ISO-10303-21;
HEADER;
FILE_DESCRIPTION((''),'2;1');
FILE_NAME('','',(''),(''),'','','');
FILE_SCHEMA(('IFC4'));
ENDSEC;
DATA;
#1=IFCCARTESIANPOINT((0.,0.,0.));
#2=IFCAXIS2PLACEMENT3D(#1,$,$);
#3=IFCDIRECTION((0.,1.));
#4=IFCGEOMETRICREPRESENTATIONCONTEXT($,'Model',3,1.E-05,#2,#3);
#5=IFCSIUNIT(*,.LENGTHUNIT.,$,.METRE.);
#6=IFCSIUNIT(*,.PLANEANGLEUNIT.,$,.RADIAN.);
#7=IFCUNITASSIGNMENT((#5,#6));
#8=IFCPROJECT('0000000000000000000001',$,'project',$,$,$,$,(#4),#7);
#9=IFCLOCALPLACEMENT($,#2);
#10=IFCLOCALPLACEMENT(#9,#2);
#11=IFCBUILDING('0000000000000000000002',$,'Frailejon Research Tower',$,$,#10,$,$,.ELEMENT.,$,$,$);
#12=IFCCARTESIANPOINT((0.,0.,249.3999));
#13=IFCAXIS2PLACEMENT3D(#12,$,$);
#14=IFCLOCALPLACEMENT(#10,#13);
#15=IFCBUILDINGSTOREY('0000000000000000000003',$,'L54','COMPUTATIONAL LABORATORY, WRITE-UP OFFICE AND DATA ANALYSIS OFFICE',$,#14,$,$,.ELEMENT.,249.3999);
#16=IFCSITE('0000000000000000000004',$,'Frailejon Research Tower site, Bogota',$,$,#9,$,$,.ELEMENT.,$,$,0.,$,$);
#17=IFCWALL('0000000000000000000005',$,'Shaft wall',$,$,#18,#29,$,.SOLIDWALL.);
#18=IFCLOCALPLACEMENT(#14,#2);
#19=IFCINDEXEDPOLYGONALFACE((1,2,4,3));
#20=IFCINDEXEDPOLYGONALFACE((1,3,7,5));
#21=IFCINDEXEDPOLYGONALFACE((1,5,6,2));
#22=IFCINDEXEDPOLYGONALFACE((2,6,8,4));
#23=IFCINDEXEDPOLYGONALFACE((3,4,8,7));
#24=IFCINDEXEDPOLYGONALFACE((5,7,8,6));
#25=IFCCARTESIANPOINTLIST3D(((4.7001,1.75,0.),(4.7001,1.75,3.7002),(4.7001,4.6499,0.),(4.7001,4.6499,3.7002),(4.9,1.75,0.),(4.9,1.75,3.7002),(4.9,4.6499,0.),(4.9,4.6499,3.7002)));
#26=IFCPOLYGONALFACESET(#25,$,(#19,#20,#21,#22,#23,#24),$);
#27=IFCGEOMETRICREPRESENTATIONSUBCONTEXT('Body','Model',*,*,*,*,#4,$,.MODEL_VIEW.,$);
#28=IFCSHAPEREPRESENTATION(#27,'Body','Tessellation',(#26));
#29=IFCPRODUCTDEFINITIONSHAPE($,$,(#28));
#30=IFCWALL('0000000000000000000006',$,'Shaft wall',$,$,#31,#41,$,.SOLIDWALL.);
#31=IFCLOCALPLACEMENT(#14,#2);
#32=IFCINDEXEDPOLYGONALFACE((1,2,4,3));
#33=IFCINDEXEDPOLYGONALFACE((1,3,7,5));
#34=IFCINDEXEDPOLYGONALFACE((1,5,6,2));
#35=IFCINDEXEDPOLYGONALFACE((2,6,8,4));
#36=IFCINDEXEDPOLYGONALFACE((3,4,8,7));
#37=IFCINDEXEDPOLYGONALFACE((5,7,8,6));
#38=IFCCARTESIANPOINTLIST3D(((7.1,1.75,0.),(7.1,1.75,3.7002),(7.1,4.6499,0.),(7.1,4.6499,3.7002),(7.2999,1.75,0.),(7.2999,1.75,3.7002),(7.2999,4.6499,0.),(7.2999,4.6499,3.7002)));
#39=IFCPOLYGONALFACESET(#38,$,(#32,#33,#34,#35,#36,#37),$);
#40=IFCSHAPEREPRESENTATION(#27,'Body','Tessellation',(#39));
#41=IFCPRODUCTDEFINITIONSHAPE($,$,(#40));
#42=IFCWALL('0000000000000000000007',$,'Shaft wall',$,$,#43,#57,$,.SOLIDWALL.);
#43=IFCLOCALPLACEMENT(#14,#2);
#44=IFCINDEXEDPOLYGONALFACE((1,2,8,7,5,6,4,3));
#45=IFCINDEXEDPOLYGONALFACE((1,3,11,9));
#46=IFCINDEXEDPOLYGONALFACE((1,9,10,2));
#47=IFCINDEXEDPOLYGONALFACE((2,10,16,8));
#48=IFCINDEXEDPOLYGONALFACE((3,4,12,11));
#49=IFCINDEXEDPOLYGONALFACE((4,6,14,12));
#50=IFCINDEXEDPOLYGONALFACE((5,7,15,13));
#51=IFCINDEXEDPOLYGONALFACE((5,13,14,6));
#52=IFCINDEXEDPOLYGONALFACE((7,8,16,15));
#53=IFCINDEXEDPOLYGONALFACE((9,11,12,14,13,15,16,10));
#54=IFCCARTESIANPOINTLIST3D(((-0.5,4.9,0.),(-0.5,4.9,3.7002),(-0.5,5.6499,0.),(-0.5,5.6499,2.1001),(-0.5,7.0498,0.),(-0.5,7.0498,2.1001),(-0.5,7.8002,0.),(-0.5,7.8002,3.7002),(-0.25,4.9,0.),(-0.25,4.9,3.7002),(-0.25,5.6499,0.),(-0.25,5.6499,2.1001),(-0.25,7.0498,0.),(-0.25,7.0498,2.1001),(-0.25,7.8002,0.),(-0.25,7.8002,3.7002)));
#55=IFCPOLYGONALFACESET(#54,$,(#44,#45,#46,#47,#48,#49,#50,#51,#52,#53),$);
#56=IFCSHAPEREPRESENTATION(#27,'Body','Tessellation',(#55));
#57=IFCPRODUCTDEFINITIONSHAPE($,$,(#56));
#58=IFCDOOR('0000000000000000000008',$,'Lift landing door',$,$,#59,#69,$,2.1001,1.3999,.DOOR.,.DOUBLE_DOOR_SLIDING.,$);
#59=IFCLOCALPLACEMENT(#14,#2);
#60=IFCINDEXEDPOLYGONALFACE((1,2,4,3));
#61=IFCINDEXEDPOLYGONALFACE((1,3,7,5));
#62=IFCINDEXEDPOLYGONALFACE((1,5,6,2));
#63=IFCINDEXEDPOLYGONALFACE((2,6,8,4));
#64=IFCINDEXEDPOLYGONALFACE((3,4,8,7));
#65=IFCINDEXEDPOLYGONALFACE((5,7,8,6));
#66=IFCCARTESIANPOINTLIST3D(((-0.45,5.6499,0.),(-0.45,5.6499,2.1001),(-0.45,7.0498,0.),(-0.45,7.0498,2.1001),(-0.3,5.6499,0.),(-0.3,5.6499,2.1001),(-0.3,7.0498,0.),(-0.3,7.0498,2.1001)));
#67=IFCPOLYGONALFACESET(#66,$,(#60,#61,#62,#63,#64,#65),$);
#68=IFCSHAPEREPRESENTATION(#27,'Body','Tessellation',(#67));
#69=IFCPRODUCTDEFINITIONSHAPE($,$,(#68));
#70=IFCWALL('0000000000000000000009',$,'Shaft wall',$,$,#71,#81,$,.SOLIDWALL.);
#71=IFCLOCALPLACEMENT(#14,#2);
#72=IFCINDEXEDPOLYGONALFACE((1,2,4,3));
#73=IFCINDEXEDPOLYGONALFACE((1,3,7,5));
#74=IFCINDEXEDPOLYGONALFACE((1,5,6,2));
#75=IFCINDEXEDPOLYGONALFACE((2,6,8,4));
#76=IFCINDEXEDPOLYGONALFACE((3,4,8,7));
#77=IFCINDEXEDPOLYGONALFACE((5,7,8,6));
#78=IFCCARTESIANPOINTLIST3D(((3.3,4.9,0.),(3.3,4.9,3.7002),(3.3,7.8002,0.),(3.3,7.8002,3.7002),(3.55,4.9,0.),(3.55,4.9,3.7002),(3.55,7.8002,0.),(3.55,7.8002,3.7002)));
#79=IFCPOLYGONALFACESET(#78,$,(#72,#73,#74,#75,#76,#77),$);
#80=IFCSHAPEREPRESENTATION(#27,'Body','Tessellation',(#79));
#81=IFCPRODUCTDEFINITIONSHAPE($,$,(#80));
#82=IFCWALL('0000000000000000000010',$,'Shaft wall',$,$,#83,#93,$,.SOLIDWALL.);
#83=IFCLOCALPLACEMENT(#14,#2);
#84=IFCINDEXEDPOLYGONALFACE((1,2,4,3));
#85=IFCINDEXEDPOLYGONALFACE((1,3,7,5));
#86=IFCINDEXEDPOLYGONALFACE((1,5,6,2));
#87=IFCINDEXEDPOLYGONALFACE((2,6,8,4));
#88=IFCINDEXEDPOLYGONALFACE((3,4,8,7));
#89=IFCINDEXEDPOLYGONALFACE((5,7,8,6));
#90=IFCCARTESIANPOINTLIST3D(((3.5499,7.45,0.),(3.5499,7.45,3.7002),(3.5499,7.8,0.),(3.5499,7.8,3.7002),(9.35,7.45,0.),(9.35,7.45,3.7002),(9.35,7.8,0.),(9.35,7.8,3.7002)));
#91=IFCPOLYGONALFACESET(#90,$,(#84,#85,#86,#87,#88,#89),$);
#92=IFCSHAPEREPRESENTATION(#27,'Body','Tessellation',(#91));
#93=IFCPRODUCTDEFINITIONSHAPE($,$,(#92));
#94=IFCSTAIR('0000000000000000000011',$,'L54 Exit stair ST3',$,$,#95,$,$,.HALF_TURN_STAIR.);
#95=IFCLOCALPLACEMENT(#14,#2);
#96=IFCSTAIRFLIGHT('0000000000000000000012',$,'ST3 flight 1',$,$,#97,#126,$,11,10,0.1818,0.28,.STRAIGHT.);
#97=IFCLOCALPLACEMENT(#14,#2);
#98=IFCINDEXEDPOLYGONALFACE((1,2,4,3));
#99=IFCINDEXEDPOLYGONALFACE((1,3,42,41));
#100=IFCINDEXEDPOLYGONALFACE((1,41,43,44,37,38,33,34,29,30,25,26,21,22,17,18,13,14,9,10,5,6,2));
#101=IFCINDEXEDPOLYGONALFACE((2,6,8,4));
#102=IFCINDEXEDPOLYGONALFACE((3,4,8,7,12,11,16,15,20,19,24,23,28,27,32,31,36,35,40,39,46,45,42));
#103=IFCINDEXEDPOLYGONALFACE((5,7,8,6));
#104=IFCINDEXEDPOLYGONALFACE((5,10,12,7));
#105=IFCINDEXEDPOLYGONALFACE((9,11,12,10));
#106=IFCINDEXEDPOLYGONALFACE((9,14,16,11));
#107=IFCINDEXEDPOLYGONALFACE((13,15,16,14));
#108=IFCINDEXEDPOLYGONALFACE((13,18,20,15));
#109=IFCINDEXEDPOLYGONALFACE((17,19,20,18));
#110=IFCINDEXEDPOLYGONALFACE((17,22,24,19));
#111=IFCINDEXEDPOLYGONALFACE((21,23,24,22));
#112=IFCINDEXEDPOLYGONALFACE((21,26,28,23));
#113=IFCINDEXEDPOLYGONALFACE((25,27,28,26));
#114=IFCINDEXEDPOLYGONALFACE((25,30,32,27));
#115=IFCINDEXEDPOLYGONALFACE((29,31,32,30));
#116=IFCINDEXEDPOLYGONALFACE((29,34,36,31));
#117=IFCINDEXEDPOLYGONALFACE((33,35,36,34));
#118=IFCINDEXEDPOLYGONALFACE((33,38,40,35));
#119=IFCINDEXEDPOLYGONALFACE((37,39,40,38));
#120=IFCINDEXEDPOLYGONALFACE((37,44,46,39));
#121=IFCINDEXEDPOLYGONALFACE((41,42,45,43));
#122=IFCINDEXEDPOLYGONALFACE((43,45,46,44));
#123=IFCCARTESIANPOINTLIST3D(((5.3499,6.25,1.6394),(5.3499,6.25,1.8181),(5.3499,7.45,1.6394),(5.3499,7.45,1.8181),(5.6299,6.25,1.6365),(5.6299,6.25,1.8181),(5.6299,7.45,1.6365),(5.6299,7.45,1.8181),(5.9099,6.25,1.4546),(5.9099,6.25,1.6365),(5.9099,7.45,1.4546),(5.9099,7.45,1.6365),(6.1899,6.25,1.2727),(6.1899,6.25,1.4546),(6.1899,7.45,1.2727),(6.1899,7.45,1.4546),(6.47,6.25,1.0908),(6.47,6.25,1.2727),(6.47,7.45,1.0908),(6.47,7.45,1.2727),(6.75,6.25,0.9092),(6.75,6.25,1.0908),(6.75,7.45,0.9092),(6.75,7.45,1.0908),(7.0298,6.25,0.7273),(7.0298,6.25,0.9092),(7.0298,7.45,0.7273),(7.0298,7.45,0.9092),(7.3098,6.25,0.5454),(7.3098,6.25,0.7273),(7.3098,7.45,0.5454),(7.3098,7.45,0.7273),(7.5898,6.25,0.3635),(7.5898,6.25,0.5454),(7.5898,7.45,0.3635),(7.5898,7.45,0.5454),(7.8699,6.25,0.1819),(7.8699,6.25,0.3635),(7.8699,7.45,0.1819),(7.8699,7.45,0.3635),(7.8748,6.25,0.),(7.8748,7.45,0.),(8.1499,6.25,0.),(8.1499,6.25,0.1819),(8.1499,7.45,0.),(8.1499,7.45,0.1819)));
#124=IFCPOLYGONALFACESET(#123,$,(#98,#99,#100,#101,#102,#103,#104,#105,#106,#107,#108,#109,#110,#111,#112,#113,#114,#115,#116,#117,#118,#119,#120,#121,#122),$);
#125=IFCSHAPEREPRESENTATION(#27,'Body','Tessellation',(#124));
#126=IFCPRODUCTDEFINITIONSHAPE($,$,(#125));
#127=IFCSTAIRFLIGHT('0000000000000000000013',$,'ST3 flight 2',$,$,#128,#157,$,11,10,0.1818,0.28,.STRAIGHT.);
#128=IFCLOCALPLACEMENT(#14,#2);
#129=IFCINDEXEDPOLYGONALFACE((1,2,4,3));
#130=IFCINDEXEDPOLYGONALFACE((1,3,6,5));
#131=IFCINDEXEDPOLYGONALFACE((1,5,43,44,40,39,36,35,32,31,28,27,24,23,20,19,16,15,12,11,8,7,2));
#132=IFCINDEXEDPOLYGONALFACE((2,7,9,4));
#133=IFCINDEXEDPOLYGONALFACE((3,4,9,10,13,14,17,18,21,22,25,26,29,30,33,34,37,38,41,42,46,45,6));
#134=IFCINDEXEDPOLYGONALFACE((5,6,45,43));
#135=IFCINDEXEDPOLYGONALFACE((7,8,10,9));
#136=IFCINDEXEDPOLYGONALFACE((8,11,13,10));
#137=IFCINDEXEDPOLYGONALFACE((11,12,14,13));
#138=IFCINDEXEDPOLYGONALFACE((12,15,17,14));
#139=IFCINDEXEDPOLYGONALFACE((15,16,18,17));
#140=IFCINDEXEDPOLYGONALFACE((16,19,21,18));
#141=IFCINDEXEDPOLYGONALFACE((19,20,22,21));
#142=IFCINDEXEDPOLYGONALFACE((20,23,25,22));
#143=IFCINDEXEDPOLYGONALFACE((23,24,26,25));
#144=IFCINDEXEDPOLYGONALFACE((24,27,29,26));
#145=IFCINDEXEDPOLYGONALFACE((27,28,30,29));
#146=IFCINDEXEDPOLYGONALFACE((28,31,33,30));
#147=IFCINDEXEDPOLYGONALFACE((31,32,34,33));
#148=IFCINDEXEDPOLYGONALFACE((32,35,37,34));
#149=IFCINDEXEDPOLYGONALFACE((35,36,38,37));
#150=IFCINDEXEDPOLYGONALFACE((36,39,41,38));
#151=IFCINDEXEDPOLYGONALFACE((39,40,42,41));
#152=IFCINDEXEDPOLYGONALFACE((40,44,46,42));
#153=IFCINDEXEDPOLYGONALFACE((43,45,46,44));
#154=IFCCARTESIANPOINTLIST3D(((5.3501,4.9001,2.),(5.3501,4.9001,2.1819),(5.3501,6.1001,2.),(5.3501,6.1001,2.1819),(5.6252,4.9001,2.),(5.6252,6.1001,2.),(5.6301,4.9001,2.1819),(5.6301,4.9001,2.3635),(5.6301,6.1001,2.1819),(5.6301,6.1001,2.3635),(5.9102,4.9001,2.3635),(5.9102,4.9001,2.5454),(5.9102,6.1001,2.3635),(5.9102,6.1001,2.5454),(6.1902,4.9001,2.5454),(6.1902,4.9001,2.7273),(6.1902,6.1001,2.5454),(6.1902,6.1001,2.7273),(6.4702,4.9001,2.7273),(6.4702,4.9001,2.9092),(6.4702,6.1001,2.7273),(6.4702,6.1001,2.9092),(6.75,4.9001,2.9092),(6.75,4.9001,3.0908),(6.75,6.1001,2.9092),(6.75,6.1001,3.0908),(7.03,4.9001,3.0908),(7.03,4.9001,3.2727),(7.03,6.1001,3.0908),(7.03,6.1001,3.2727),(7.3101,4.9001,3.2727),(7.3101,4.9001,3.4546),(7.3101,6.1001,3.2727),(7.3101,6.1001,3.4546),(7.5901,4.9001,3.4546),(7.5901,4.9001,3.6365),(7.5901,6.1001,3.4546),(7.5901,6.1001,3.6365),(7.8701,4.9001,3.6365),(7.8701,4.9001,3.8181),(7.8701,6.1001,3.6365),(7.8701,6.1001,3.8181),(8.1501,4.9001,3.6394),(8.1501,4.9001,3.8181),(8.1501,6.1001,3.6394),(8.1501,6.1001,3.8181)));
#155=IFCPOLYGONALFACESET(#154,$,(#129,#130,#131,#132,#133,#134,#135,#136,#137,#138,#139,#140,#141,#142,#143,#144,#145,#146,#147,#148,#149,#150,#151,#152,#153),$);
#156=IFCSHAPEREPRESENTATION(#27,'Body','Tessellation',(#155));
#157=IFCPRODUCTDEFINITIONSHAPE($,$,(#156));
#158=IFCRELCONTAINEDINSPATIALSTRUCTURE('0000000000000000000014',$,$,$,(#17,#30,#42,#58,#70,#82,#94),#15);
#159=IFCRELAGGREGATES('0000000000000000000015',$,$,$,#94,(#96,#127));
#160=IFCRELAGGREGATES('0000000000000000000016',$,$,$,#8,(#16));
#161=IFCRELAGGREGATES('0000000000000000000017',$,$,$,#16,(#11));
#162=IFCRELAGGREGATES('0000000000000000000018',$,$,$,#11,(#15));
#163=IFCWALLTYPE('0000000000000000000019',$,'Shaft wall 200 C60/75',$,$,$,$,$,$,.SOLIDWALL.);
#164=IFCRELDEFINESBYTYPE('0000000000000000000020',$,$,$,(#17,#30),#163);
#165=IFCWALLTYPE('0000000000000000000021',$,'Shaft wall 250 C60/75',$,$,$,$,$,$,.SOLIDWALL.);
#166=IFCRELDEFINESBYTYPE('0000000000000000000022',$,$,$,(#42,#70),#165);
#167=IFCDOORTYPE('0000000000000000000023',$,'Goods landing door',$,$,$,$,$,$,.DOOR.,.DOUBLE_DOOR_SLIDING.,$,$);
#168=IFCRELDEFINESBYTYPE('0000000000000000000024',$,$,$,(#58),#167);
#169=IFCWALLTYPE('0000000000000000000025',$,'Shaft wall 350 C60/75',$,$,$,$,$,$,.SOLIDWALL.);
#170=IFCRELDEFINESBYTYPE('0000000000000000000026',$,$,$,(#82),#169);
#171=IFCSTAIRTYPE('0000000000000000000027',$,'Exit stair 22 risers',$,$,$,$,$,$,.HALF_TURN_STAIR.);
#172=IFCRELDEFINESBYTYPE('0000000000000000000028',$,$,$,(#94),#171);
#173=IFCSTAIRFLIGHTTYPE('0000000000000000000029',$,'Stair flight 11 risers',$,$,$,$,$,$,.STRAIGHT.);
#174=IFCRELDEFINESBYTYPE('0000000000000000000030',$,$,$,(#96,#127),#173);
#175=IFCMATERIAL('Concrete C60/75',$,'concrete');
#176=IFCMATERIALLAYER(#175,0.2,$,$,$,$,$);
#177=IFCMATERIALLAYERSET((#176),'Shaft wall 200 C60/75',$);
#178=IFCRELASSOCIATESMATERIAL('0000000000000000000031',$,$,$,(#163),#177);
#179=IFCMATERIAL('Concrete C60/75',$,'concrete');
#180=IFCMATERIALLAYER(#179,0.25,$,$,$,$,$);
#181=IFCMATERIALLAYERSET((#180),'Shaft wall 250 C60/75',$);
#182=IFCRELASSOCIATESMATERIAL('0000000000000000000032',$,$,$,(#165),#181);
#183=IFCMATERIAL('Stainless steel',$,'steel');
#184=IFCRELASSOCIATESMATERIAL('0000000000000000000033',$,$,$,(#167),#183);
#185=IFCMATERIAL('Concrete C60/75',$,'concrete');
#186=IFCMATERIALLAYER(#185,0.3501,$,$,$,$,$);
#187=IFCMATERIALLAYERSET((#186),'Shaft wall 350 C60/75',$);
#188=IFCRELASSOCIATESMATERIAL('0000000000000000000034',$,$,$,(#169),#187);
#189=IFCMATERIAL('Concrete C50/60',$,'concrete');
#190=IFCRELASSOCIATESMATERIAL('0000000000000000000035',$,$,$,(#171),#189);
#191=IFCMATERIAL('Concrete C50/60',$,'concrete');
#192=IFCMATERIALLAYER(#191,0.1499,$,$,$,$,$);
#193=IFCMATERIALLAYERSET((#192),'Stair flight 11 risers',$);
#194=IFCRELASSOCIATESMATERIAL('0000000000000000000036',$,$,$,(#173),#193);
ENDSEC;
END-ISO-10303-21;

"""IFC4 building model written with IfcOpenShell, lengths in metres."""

from ifc_helpers import new_model, si_unit, direction, frame, frame_2d, origin, place, context, subcontext, project, spatial, polyline, rectangle, outline, extrude, material, layer, layer_set, type_object, element, fill, aggregate, save


model = new_model("IFC4")

# Units and contexts
model_context = context("Model", 3, precision=1e-05, world=origin(), true_north=direction((0.0, 1.0)))
body_context = subcontext(model_context, "Body", "Model", "MODEL_VIEW")
ifc_project = project(units=[si_unit("LENGTHUNIT", "METRE"), si_unit("PLANEANGLEUNIT", "RADIAN")], contexts=[model_context])

# Site, building, storey
site_placement = place(None, origin())
site = spatial("IfcSite", under=ifc_project, at=site_placement, Name="Frailejon Research Tower site, Bogota", CompositionType="ELEMENT", RefElevation=0.0)
building_placement = place(site_placement, origin())
building = spatial("IfcBuilding", under=site, at=building_placement, Name="Frailejon Research Tower", CompositionType="ELEMENT")
storey_placement = place(building_placement, frame((0.0, 0.0, 249.3999)))
storey = spatial("IfcBuildingStorey", under=building, at=storey_placement, Name="L54", Description="COMPUTATIONAL LABORATORY, WRITE-UP OFFICE AND DATA ANALYSIS OFFICE", CompositionType="ELEMENT", Elevation=249.3999)

# Walls
ifc_material_1 = material(Name="Concrete C60/75", Category="concrete")
ifc_layer_1 = layer(ifc_material_1, 0.2)
ifc_layer_set_1 = layer_set([ifc_layer_1], Name="Shaft wall 200 C60/75")
wall_type_1 = type_object("IfcWallType", Name="Shaft wall 200 C60/75", PredefinedType="SOLIDWALL", material=ifc_layer_set_1)
for number, where, z_axis, x_axis, name in (
    (1, (4.8, 1.75, 0.0), (0.0, 0.0, 1.0), (0.0, 1.0, 0.0), "Shaft wall"),
    (2, (7.2, 1.75, 0.0), (0.0, 0.0, 1.0), (0.0, 1.0, 0.0), "Shaft wall"),
):
    element("IfcWall", number, at=place(storey_placement, frame(where, z_axis=z_axis, x_axis=x_axis)), inside=storey, type_object=wall_type_1, Name=name, PredefinedType="SOLIDWALL", context=body_context, shape_type="SweptSolid", body=[
        extrude(rectangle(XDim=2.8999, YDim=0.2, at=frame_2d((1.45, 0.0))), origin(), (0.0, 0.0, 1.0), 3.7002),
    ])

# Wall, opening, door
ifc_material_2 = material(Name="Concrete C60/75", Category="concrete")
ifc_layer_2 = layer(ifc_material_2, 0.25)
ifc_layer_set_2 = layer_set([ifc_layer_2], Name="Shaft wall 250 C60/75")
wall_type_2 = type_object("IfcWallType", Name="Shaft wall 250 C60/75", PredefinedType="SOLIDWALL", material=ifc_layer_set_2)
wall_1_placement = place(storey_placement, frame((-0.375, 4.8999, 0.0), z_axis=(0.0, 0.0, 1.0), x_axis=(0.0, 1.0, 0.0)))
wall_1 = element("IfcWall", 3, at=wall_1_placement, inside=storey, type_object=wall_type_2, Name="Shaft wall", PredefinedType="SOLIDWALL", context=body_context, shape_type="SweptSolid", body=[
    extrude(rectangle(XDim=2.9001, YDim=0.25, at=frame_2d((1.4502, 0.0))), origin(), (0.0, 0.0, 1.0), 3.7002),
])
opening_1_placement = place(wall_1_placement, frame((0.75, 0.0, 0.0)))
opening_1 = element("IfcOpeningElement", 4, at=opening_1_placement, cuts=wall_1, PredefinedType="OPENING", context=body_context, shape_type="SweptSolid", body=[
    extrude(rectangle(XDim=1.3999, YDim=2.1001, at=frame_2d((0.7, 1.05))), frame((0.0, 0.135, 0.0), z_axis=(0.0, -1.0, 0.0), x_axis=(1.0, 0.0, 0.0)), (0.0, 0.0, 1.0), 0.27),
])
ifc_material_3 = material(Name="Stainless steel", Category="steel")
door_type_1 = type_object("IfcDoorType", Name="Goods landing door", OperationType="DOUBLE_DOOR_SLIDING", PredefinedType="DOOR", material=ifc_material_3)
door_1_placement = place(opening_1_placement, origin())
door_1 = element("IfcDoor", 5, at=door_1_placement, inside=storey, type_object=door_type_1, Name="Lift landing door", OperationType="DOUBLE_DOOR_SLIDING", OverallHeight=2.1001, OverallWidth=1.3999, PredefinedType="DOOR", context=body_context, shape_type="SweptSolid", body=[
    extrude(rectangle(XDim=1.3999, YDim=2.1001, at=frame_2d((0.7, 1.05))), frame((0.0, 0.075, 0.0), z_axis=(0.0, -1.0, 0.0), x_axis=(1.0, 0.0, 0.0)), (0.0, 0.0, 1.0), 0.1499),
])
fill(opening_1, door_1)

# Walls
wall_2_placement = place(storey_placement, frame((3.425, 4.8999, 0.0), z_axis=(0.0, 0.0, 1.0), x_axis=(0.0, 1.0, 0.0)))
element("IfcWall", 6, at=wall_2_placement, inside=storey, type_object=wall_type_2, Name="Shaft wall", PredefinedType="SOLIDWALL", context=body_context, shape_type="SweptSolid", body=[
    extrude(rectangle(XDim=2.9001, YDim=0.25, at=frame_2d((1.4502, 0.0))), origin(), (0.0, 0.0, 1.0), 3.7002),
])
ifc_material_4 = material(Name="Concrete C60/75", Category="concrete")
ifc_layer_3 = layer(ifc_material_4, 0.3501)
ifc_layer_set_3 = layer_set([ifc_layer_3], Name="Shaft wall 350 C60/75")
wall_type_3 = type_object("IfcWallType", Name="Shaft wall 350 C60/75", PredefinedType="SOLIDWALL", material=ifc_layer_set_3)
wall_3_placement = place(storey_placement, frame((3.55, 7.625, 0.0), z_axis=(0.0, 0.0, 1.0), x_axis=(1.0, 0.0, 0.0)))
element("IfcWall", 7, at=wall_3_placement, inside=storey, type_object=wall_type_3, Name="Shaft wall", PredefinedType="SOLIDWALL", context=body_context, shape_type="SweptSolid", body=[
    extrude(rectangle(XDim=5.8, YDim=0.3501, at=frame_2d((2.8999, 0.0))), origin(), (0.0, 0.0, 1.0), 3.7002),
])

# Stair, stair flights
ifc_material_5 = material(Name="Concrete C50/60", Category="concrete")
stair_type = type_object("IfcStairType", Name="Exit stair 22 risers", PredefinedType="HALF_TURN_STAIR", material=ifc_material_5)
stair_placement = place(storey_placement, origin())
stair = element("IfcStair", 8, at=stair_placement, inside=storey, type_object=stair_type, Name="L54 Exit stair ST3", PredefinedType="HALF_TURN_STAIR")
ifc_material_6 = material(Name="Concrete C50/60", Category="concrete")
ifc_layer_4 = layer(ifc_material_6, 0.1499)
ifc_layer_set_4 = layer_set([ifc_layer_4], Name="Stair flight 11 risers")
stair_flight_type = type_object("IfcStairFlightType", Name="Stair flight 11 risers", PredefinedType="STRAIGHT", material=ifc_layer_set_4)
stair_flight_1_placement = place(storey_placement, frame((8.1499, 6.8501, 0.0), z_axis=(0.0, 0.0, 1.0), x_axis=(-1.0, 0.0, 0.0)))
stair_flight_1 = element("IfcStairFlight", 9, at=stair_flight_1_placement, type_object=stair_flight_type, Name="ST3 flight 1", NumberOfRisers=11, NumberOfTreads=10, PredefinedType="STRAIGHT", RiserHeight=0.1818, TreadLength=0.28, context=body_context, shape_type="SweptSolid", body=[
    extrude(outline(polyline([(0.0, 0.0), (0.0, 0.1819), (0.28, 0.1819), (0.28, 0.3635), (0.5601, 0.3635), (0.5601, 0.5454), (0.8401, 0.5454), (0.8401, 0.7273), (1.1201, 0.7273), (1.1201, 0.9092), (1.3999, 0.9092), (1.3999, 1.0908), (1.6799, 1.0908), (1.6799, 1.2727), (1.96, 1.2727), (1.96, 1.4546), (2.24, 1.4546), (2.24, 1.6365), (2.52, 1.6365), (2.52, 1.8181), (2.8, 1.8181), (2.8, 2.0), (2.8, 1.6394), (0.2751, 0.0), (0.0, 0.0)])), frame((0.0, 0.6001, 0.0), z_axis=(0.0, -1.0, 0.0), x_axis=(1.0, 0.0, 0.0)), (0.0, 0.0, 1.0), 1.2),
])
stair_flight_2_placement = place(storey_placement, frame((5.3501, 5.5, 2.0), z_axis=(0.0, 0.0, 1.0), x_axis=(1.0, 0.0, 0.0)))
stair_flight_2 = element("IfcStairFlight", 10, at=stair_flight_2_placement, type_object=stair_flight_type, Name="ST3 flight 2", NumberOfRisers=11, NumberOfTreads=10, PredefinedType="STRAIGHT", RiserHeight=0.1818, TreadLength=0.28, context=body_context, shape_type="SweptSolid", body=[
    extrude(outline(polyline([(0.0, 0.0), (0.0, 0.1819), (0.28, 0.1819), (0.28, 0.3635), (0.5601, 0.3635), (0.5601, 0.5454), (0.8401, 0.5454), (0.8401, 0.7273), (1.1201, 0.7273), (1.1201, 0.9092), (1.3999, 0.9092), (1.3999, 1.0908), (1.6799, 1.0908), (1.6799, 1.2727), (1.96, 1.2727), (1.96, 1.4546), (2.24, 1.4546), (2.24, 1.6365), (2.52, 1.6365), (2.52, 1.8181), (2.8, 1.8181), (2.8, 2.0), (2.8, 1.6394), (0.2751, 0.0), (0.0, 0.0)])), frame((0.0, 0.6001, 0.0), z_axis=(0.0, -1.0, 0.0), x_axis=(1.0, 0.0, 0.0)), (0.0, 0.0, 1.0), 1.2),
])
aggregate(stair, [stair_flight_1, stair_flight_2])

save(model, "model.ifc")
